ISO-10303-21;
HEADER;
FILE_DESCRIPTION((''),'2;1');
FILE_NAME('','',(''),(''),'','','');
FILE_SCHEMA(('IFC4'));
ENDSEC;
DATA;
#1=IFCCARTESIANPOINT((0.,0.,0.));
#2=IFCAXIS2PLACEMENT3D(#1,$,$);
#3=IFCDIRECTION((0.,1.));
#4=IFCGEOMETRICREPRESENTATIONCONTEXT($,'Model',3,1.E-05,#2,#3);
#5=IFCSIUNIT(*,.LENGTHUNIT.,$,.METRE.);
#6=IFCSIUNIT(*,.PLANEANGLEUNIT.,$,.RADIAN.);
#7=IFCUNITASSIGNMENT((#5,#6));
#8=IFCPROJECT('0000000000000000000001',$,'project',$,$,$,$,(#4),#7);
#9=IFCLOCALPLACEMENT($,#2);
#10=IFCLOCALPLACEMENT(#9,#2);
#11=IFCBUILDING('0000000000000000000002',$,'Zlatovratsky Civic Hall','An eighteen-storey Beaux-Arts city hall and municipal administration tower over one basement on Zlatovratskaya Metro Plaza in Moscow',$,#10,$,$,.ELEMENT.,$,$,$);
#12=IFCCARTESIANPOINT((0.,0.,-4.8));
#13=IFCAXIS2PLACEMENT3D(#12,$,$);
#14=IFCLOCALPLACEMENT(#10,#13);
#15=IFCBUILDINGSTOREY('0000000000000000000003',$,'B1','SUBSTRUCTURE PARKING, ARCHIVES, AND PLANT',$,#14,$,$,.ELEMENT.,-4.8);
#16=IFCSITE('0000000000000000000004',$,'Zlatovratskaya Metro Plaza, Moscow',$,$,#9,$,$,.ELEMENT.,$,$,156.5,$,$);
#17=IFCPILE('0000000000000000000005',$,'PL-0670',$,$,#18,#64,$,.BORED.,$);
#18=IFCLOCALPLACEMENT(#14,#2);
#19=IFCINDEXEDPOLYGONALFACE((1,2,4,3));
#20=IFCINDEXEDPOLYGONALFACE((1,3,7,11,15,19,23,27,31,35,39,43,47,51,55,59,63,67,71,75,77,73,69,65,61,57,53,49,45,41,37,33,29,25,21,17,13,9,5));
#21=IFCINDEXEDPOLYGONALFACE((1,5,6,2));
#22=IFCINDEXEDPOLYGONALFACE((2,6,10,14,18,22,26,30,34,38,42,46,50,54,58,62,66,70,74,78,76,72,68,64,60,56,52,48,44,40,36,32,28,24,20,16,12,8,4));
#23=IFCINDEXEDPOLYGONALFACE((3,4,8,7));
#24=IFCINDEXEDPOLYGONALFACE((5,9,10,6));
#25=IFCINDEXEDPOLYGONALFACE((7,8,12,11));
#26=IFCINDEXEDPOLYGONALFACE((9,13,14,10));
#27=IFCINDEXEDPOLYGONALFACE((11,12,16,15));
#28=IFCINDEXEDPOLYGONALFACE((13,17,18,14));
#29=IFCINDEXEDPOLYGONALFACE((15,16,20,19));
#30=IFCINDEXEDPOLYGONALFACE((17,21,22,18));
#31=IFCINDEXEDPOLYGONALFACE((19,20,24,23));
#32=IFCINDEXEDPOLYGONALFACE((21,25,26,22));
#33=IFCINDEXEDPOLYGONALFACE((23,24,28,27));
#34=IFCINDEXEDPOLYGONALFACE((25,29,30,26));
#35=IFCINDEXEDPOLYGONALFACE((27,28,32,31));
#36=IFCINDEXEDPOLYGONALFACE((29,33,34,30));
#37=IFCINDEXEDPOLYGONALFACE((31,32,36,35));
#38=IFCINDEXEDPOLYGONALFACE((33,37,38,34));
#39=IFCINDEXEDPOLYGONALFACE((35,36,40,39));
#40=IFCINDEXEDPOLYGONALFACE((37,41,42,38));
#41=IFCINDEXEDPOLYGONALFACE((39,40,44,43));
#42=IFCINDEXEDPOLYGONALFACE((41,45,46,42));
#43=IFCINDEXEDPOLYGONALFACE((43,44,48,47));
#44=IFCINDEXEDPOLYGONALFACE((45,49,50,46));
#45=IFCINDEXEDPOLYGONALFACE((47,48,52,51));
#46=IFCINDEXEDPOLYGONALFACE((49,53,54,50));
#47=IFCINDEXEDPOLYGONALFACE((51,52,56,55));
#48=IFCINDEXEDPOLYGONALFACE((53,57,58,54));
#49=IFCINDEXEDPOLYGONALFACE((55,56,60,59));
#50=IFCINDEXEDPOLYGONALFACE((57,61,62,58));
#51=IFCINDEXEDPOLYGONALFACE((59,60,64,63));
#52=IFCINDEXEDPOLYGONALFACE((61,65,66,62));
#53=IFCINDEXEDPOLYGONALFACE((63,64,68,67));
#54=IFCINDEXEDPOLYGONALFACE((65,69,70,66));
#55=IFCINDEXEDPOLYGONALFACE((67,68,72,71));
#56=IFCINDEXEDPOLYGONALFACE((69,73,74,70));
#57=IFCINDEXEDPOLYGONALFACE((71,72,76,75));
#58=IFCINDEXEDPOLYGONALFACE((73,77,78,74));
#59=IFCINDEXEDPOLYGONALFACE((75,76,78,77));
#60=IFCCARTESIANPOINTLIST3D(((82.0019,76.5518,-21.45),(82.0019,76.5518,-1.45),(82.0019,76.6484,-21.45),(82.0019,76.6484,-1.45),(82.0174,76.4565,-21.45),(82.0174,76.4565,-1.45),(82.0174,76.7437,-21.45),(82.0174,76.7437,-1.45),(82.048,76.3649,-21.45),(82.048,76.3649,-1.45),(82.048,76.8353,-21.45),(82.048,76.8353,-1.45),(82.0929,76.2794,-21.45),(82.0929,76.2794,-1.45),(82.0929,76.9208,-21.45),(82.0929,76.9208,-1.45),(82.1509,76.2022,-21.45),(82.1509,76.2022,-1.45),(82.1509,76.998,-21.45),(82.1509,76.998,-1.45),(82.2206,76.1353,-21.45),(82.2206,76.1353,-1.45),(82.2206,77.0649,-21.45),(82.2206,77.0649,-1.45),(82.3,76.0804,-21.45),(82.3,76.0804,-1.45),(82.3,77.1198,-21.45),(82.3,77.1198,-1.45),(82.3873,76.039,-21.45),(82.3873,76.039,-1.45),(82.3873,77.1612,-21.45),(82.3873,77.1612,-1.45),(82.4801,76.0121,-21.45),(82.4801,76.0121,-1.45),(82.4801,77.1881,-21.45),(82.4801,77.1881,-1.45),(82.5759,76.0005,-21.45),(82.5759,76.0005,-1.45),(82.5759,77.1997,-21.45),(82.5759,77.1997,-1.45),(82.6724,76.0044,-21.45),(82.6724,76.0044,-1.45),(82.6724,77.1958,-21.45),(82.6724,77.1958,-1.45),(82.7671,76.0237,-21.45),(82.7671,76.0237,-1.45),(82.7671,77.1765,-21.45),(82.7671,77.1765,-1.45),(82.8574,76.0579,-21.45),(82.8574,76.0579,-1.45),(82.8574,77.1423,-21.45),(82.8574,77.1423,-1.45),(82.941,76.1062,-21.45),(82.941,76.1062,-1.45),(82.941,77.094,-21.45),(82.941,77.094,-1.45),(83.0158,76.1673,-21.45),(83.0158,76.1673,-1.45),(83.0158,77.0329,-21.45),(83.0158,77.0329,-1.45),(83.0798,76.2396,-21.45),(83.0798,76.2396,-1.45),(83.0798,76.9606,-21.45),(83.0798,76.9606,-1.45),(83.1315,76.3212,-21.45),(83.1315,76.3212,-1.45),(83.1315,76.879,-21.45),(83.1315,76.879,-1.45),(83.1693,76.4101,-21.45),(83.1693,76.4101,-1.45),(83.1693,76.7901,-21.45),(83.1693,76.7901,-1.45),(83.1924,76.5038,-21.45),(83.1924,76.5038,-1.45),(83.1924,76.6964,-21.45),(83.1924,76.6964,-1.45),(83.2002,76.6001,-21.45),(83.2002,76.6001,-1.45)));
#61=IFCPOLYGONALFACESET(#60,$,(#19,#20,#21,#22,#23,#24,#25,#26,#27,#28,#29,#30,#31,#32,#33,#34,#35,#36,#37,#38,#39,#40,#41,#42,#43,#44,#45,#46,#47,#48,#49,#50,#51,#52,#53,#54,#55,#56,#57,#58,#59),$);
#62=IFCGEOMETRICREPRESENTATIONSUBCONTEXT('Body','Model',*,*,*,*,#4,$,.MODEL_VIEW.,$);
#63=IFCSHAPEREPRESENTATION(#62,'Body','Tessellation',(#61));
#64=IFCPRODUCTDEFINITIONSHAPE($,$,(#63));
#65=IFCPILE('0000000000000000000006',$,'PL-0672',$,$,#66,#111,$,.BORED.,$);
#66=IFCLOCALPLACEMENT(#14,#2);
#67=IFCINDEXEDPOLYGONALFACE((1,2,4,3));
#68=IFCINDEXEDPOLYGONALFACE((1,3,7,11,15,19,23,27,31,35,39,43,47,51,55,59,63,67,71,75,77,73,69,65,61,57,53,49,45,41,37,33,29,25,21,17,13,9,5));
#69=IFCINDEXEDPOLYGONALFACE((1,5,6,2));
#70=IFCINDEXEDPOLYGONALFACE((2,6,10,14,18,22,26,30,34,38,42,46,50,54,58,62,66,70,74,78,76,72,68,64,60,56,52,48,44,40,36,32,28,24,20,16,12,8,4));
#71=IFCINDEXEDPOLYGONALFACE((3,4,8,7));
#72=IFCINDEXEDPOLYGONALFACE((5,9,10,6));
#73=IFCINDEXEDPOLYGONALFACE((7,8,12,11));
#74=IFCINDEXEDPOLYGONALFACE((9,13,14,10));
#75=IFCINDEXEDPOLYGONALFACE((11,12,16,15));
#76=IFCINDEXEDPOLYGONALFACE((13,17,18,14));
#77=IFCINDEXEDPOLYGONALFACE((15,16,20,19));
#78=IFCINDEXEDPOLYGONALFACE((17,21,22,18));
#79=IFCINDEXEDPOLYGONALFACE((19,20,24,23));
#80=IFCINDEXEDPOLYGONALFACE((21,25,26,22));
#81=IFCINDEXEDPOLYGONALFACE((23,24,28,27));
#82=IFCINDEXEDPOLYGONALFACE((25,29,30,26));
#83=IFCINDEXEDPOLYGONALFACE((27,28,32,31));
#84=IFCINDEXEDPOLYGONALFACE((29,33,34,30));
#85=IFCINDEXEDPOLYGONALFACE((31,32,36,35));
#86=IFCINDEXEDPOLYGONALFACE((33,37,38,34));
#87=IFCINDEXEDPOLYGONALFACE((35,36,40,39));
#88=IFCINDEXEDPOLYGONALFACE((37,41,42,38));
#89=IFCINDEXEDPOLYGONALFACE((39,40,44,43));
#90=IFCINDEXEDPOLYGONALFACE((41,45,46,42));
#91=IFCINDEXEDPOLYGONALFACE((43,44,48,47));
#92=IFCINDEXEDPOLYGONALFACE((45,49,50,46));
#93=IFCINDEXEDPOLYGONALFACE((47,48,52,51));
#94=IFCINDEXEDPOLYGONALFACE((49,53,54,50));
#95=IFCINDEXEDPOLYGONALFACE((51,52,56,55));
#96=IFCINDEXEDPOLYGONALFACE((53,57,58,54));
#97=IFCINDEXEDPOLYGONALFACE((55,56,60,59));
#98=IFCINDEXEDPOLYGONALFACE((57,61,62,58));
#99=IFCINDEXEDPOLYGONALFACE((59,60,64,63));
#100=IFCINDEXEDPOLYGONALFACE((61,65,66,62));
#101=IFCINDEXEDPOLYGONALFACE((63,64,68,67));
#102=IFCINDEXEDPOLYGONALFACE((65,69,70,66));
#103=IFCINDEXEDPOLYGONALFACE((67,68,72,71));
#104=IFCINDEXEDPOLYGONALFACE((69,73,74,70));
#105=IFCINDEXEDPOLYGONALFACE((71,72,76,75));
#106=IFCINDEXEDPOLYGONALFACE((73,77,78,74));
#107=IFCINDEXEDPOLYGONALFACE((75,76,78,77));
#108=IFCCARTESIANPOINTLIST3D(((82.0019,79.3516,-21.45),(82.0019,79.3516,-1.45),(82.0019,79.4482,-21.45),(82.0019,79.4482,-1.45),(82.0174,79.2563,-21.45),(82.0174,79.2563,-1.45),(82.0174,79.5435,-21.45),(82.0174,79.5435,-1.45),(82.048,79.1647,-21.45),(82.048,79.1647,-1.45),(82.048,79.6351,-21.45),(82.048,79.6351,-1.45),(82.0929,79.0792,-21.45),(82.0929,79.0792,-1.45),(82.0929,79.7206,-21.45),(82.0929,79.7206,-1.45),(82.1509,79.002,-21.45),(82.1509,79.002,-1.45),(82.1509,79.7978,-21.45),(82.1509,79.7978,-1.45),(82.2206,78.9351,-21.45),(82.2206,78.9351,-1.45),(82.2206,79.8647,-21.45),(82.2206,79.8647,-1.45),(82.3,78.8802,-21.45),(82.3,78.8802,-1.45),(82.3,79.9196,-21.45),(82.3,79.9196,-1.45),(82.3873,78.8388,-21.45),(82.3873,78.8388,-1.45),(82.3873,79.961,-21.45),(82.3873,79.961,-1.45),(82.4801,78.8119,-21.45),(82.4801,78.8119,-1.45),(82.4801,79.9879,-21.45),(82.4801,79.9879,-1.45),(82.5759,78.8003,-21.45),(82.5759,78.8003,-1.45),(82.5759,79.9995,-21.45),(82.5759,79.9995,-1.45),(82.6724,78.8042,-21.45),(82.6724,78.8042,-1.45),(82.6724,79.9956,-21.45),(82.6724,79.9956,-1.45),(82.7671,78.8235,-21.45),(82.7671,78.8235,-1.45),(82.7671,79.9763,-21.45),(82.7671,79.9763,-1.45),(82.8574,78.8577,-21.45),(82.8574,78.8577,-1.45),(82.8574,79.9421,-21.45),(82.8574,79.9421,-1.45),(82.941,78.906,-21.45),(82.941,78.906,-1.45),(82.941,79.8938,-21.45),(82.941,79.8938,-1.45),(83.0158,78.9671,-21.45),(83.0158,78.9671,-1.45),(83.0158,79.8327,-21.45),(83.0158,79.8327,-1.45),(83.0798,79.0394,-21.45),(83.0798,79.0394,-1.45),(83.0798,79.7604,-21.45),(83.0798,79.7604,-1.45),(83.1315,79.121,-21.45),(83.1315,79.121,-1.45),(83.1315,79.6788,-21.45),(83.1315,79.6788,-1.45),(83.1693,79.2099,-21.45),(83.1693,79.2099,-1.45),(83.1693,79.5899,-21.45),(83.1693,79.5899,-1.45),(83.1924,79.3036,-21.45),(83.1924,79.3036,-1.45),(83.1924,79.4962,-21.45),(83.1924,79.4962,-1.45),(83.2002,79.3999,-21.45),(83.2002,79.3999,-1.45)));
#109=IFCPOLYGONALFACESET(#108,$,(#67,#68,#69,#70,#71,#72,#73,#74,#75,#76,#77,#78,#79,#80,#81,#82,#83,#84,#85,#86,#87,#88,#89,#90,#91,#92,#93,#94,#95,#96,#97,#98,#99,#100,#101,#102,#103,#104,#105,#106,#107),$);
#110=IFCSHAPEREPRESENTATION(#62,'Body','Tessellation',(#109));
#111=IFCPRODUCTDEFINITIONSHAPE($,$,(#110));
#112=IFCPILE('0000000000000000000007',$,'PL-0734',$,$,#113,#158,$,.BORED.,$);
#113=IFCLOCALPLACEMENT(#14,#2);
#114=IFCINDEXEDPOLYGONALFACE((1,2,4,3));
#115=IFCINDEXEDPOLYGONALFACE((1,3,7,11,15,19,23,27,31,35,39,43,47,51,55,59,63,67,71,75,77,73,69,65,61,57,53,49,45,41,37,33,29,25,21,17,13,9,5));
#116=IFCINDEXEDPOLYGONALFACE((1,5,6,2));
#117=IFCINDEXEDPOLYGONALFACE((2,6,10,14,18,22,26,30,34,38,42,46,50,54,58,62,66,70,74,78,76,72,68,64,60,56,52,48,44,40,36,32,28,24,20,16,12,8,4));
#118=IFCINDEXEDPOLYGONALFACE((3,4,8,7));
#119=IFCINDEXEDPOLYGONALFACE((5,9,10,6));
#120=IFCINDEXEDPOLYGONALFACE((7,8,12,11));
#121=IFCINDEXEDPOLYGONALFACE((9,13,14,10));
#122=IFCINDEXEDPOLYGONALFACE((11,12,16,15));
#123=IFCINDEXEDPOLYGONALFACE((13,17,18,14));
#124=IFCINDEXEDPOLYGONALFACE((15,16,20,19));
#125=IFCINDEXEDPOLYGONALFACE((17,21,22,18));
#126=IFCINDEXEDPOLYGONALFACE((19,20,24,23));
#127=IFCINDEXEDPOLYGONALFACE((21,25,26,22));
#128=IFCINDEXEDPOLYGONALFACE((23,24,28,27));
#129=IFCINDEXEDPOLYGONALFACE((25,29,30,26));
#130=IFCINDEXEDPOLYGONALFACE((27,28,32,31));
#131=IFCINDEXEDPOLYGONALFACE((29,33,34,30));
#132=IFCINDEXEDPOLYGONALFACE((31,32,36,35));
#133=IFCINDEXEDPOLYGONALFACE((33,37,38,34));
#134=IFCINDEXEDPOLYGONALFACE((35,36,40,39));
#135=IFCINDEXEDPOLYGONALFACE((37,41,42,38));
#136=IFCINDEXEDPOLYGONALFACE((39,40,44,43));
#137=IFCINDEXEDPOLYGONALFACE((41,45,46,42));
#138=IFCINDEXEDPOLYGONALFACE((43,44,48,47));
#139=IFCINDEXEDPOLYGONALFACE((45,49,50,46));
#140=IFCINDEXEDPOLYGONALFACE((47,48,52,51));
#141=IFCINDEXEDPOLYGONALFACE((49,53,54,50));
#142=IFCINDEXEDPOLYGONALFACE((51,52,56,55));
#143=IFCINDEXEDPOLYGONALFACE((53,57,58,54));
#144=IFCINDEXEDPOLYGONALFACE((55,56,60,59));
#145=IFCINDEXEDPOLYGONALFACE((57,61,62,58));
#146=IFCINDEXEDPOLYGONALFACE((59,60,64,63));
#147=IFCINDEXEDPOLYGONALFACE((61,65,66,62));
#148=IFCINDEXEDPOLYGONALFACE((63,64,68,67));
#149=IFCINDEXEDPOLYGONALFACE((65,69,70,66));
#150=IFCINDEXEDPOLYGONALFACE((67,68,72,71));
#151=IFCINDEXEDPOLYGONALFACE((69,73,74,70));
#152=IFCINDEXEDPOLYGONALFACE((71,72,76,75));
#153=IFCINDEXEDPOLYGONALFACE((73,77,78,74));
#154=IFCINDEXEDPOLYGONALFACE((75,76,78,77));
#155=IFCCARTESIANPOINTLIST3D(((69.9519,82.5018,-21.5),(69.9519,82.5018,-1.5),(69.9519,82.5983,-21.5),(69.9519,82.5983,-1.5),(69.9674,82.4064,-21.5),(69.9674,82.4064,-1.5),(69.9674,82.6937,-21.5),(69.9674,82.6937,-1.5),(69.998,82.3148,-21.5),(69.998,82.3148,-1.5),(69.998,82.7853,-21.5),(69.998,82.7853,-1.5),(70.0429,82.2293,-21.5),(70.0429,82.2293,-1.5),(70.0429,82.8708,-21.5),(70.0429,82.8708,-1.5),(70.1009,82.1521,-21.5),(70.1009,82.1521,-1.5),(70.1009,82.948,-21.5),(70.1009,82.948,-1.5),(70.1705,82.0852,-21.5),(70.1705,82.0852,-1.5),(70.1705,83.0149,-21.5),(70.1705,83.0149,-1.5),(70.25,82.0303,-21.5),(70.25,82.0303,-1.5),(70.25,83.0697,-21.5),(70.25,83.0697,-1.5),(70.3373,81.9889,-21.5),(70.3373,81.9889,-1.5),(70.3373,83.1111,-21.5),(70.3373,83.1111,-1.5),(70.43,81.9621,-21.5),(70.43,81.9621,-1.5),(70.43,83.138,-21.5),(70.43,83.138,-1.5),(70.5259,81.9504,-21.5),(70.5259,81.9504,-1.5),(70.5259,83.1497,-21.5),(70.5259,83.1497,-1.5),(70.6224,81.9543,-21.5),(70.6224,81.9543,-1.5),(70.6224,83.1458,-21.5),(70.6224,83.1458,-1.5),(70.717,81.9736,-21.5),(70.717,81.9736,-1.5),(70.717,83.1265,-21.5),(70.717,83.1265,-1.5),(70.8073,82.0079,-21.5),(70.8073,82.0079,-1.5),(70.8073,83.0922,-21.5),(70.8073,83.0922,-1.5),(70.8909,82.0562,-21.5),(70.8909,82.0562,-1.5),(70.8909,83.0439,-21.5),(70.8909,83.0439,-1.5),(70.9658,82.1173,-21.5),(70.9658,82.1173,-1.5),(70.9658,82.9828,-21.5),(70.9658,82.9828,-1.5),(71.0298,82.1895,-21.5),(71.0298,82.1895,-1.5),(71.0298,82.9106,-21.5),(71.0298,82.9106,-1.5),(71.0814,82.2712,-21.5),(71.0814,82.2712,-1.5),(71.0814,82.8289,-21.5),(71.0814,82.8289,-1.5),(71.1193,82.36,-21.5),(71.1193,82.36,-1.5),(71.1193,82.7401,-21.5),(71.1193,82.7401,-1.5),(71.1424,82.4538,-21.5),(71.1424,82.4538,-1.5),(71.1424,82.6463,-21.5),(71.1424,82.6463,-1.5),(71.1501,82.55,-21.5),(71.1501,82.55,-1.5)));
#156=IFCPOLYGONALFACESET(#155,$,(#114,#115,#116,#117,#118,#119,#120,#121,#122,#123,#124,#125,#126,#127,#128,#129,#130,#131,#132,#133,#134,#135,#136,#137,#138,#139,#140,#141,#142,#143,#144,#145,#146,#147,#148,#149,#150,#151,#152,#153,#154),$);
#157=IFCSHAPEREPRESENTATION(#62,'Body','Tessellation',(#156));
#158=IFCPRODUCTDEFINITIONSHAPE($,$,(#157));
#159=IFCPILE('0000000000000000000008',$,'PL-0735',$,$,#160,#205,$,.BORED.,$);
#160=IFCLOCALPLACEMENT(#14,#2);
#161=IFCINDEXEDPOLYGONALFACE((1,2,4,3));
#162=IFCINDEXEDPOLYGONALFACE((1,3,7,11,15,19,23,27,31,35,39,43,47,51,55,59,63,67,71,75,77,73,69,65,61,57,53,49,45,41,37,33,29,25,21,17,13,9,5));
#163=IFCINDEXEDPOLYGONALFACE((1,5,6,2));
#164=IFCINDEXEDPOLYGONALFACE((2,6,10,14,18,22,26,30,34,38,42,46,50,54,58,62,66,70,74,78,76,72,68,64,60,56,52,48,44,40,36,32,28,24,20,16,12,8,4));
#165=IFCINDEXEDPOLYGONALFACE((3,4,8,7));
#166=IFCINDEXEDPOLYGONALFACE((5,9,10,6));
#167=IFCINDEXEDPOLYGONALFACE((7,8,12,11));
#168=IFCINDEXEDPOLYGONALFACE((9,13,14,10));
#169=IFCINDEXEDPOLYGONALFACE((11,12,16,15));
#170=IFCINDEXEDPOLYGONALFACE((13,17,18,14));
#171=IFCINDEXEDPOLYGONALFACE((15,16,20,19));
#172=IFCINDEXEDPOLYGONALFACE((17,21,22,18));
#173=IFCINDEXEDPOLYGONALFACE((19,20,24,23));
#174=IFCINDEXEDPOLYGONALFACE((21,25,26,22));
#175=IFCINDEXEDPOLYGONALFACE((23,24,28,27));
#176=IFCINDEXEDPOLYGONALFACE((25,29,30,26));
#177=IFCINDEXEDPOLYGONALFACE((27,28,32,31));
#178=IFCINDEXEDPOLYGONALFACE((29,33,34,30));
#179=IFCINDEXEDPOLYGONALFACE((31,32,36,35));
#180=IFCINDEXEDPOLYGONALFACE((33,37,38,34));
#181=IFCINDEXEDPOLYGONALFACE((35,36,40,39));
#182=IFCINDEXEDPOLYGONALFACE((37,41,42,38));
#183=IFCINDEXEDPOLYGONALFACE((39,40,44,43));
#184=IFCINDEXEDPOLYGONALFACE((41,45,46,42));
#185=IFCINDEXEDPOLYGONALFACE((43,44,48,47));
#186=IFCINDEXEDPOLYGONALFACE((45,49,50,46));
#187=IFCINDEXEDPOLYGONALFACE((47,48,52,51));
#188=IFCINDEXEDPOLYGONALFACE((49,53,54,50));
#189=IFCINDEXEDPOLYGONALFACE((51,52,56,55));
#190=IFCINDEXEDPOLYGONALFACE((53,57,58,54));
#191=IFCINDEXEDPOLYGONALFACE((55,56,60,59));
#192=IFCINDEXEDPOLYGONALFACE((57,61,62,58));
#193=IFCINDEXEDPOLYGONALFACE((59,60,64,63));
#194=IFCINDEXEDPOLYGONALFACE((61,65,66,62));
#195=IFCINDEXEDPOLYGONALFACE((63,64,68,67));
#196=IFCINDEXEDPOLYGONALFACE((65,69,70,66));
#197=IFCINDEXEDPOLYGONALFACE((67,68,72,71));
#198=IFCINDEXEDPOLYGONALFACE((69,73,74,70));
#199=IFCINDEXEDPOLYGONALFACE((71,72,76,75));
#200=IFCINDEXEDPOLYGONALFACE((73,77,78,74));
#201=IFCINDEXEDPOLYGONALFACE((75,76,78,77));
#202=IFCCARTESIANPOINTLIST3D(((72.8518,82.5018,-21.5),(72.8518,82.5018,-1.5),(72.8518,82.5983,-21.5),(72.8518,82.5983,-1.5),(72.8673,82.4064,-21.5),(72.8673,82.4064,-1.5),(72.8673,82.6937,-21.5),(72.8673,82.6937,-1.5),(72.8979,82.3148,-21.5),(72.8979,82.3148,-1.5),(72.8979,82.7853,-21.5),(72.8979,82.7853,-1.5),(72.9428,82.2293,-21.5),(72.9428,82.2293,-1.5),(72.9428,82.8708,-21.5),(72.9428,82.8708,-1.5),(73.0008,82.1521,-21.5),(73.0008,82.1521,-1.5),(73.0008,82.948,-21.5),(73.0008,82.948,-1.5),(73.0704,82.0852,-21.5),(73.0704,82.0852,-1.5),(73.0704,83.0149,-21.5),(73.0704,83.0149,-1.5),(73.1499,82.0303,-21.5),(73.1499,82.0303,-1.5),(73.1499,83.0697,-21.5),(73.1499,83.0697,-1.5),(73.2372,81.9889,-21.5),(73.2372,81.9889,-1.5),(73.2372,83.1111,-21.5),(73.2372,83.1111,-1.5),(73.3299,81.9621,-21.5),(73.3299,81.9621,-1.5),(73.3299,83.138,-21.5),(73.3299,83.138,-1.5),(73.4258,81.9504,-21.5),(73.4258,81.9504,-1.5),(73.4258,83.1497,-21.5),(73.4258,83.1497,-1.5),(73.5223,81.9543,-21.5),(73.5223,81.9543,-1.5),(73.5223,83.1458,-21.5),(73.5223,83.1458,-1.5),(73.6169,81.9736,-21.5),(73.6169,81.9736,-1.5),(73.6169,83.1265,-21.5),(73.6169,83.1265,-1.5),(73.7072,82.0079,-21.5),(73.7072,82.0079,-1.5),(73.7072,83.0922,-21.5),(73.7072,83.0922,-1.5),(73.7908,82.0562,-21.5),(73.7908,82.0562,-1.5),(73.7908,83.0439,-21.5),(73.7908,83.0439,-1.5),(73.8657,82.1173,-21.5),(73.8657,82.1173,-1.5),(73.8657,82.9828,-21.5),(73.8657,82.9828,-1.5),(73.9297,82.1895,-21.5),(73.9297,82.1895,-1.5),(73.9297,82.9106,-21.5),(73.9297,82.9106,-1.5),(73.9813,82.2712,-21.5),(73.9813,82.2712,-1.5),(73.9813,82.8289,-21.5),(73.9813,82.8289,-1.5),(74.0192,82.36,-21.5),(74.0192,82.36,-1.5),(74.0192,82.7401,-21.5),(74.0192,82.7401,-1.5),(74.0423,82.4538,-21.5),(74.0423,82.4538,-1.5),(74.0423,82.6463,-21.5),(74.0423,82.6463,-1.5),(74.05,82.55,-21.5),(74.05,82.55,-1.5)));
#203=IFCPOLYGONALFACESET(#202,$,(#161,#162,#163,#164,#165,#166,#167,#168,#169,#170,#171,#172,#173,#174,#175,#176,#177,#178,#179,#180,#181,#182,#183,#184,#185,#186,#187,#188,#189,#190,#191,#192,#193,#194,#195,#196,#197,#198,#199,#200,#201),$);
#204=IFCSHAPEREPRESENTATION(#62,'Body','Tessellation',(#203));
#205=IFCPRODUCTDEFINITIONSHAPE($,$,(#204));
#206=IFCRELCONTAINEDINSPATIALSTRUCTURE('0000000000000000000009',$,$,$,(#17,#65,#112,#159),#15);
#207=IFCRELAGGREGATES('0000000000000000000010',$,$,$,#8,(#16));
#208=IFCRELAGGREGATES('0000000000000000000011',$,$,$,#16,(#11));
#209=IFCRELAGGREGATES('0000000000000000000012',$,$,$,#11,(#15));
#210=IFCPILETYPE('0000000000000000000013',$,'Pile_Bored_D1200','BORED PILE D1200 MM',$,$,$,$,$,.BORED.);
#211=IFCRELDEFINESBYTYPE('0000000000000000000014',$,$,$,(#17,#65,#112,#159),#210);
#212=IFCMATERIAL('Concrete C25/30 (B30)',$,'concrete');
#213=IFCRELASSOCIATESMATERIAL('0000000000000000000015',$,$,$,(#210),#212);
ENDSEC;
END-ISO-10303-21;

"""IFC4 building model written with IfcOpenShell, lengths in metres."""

from ifc_helpers import new_model, si_unit, direction, frame, origin, origin_2d, place, context, subcontext, project, spatial, circle, extrude, material, material_profile, profile_set, type_object, element, save


model = new_model("IFC4")

# Units and contexts
model_context = context("Model", 3, precision=1e-05, world=origin(), true_north=direction((0.0, 1.0)))
body_context = subcontext(model_context, "Body", "Model", "MODEL_VIEW")
ifc_project = project(units=[si_unit("LENGTHUNIT", "METRE"), si_unit("PLANEANGLEUNIT", "RADIAN")], contexts=[model_context])

# Site, building, storey
site_placement = place(None, origin())
site = spatial("IfcSite", under=ifc_project, at=site_placement, Name="Zlatovratskaya Metro Plaza, Moscow", CompositionType="ELEMENT", RefElevation=156.5)
building_placement = place(site_placement, origin())
building = spatial("IfcBuilding", under=site, at=building_placement, Name="Zlatovratsky Civic Hall", Description="An eighteen-storey Beaux-Arts city hall and municipal administration tower over one basement on Zlatovratskaya Metro Plaza in Moscow", CompositionType="ELEMENT")
storey_placement = place(building_placement, frame((0.0, 0.0, -4.8)))
storey = spatial("IfcBuildingStorey", under=building, at=storey_placement, Name="B1", Description="SUBSTRUCTURE PARKING, ARCHIVES, AND PLANT", CompositionType="ELEMENT", Elevation=-4.8)

# Shared definitions
ifc_material_1 = material(Name="Concrete C25/30 (B30)", Category="concrete")

# Piles
ifc_material_profile_1 = material_profile(ifc_material_1, circle(Radius=0.6001, at=origin_2d()), Name="PILE D1200")
ifc_profile_set_1 = profile_set([ifc_material_profile_1], Name="Concrete C25/30 (B30)")
pile_type_1 = type_object("IfcPileType", Name="Pile_Bored_D1200", Description="BORED PILE D1200 MM", PredefinedType="BORED", material=ifc_profile_set_1)
for number, where, z_axis, x_axis, name in (
    (1, (82.6001, 76.6001, -1.45), (0.0, 0.0, -1.0), (1.0, 0.0, 0.0), "PL-0670"),
    (2, (82.6001, 79.3999, -1.45), (0.0, 0.0, -1.0), (1.0, 0.0, 0.0), "PL-0672"),
    (3, (70.55, 82.55, -1.5), (0.0, 0.0, -1.0), (1.0, 0.0, 0.0), "PL-0734"),
    (4, (73.45, 82.55, -1.5), (0.0, 0.0, -1.0), (1.0, 0.0, 0.0), "PL-0735"),
):
    element("IfcPile", number, at=place(storey_placement, frame(where, z_axis=z_axis, x_axis=x_axis)), inside=storey, type_object=pile_type_1, Name=name, PredefinedType="BORED", context=body_context, shape_type="SweptSolid", body=[
        extrude(circle(Radius=0.6001, at=origin_2d()), origin(), (0.0, 0.0, 1.0), 20.0),
    ])

save(model, "model.ifc")
